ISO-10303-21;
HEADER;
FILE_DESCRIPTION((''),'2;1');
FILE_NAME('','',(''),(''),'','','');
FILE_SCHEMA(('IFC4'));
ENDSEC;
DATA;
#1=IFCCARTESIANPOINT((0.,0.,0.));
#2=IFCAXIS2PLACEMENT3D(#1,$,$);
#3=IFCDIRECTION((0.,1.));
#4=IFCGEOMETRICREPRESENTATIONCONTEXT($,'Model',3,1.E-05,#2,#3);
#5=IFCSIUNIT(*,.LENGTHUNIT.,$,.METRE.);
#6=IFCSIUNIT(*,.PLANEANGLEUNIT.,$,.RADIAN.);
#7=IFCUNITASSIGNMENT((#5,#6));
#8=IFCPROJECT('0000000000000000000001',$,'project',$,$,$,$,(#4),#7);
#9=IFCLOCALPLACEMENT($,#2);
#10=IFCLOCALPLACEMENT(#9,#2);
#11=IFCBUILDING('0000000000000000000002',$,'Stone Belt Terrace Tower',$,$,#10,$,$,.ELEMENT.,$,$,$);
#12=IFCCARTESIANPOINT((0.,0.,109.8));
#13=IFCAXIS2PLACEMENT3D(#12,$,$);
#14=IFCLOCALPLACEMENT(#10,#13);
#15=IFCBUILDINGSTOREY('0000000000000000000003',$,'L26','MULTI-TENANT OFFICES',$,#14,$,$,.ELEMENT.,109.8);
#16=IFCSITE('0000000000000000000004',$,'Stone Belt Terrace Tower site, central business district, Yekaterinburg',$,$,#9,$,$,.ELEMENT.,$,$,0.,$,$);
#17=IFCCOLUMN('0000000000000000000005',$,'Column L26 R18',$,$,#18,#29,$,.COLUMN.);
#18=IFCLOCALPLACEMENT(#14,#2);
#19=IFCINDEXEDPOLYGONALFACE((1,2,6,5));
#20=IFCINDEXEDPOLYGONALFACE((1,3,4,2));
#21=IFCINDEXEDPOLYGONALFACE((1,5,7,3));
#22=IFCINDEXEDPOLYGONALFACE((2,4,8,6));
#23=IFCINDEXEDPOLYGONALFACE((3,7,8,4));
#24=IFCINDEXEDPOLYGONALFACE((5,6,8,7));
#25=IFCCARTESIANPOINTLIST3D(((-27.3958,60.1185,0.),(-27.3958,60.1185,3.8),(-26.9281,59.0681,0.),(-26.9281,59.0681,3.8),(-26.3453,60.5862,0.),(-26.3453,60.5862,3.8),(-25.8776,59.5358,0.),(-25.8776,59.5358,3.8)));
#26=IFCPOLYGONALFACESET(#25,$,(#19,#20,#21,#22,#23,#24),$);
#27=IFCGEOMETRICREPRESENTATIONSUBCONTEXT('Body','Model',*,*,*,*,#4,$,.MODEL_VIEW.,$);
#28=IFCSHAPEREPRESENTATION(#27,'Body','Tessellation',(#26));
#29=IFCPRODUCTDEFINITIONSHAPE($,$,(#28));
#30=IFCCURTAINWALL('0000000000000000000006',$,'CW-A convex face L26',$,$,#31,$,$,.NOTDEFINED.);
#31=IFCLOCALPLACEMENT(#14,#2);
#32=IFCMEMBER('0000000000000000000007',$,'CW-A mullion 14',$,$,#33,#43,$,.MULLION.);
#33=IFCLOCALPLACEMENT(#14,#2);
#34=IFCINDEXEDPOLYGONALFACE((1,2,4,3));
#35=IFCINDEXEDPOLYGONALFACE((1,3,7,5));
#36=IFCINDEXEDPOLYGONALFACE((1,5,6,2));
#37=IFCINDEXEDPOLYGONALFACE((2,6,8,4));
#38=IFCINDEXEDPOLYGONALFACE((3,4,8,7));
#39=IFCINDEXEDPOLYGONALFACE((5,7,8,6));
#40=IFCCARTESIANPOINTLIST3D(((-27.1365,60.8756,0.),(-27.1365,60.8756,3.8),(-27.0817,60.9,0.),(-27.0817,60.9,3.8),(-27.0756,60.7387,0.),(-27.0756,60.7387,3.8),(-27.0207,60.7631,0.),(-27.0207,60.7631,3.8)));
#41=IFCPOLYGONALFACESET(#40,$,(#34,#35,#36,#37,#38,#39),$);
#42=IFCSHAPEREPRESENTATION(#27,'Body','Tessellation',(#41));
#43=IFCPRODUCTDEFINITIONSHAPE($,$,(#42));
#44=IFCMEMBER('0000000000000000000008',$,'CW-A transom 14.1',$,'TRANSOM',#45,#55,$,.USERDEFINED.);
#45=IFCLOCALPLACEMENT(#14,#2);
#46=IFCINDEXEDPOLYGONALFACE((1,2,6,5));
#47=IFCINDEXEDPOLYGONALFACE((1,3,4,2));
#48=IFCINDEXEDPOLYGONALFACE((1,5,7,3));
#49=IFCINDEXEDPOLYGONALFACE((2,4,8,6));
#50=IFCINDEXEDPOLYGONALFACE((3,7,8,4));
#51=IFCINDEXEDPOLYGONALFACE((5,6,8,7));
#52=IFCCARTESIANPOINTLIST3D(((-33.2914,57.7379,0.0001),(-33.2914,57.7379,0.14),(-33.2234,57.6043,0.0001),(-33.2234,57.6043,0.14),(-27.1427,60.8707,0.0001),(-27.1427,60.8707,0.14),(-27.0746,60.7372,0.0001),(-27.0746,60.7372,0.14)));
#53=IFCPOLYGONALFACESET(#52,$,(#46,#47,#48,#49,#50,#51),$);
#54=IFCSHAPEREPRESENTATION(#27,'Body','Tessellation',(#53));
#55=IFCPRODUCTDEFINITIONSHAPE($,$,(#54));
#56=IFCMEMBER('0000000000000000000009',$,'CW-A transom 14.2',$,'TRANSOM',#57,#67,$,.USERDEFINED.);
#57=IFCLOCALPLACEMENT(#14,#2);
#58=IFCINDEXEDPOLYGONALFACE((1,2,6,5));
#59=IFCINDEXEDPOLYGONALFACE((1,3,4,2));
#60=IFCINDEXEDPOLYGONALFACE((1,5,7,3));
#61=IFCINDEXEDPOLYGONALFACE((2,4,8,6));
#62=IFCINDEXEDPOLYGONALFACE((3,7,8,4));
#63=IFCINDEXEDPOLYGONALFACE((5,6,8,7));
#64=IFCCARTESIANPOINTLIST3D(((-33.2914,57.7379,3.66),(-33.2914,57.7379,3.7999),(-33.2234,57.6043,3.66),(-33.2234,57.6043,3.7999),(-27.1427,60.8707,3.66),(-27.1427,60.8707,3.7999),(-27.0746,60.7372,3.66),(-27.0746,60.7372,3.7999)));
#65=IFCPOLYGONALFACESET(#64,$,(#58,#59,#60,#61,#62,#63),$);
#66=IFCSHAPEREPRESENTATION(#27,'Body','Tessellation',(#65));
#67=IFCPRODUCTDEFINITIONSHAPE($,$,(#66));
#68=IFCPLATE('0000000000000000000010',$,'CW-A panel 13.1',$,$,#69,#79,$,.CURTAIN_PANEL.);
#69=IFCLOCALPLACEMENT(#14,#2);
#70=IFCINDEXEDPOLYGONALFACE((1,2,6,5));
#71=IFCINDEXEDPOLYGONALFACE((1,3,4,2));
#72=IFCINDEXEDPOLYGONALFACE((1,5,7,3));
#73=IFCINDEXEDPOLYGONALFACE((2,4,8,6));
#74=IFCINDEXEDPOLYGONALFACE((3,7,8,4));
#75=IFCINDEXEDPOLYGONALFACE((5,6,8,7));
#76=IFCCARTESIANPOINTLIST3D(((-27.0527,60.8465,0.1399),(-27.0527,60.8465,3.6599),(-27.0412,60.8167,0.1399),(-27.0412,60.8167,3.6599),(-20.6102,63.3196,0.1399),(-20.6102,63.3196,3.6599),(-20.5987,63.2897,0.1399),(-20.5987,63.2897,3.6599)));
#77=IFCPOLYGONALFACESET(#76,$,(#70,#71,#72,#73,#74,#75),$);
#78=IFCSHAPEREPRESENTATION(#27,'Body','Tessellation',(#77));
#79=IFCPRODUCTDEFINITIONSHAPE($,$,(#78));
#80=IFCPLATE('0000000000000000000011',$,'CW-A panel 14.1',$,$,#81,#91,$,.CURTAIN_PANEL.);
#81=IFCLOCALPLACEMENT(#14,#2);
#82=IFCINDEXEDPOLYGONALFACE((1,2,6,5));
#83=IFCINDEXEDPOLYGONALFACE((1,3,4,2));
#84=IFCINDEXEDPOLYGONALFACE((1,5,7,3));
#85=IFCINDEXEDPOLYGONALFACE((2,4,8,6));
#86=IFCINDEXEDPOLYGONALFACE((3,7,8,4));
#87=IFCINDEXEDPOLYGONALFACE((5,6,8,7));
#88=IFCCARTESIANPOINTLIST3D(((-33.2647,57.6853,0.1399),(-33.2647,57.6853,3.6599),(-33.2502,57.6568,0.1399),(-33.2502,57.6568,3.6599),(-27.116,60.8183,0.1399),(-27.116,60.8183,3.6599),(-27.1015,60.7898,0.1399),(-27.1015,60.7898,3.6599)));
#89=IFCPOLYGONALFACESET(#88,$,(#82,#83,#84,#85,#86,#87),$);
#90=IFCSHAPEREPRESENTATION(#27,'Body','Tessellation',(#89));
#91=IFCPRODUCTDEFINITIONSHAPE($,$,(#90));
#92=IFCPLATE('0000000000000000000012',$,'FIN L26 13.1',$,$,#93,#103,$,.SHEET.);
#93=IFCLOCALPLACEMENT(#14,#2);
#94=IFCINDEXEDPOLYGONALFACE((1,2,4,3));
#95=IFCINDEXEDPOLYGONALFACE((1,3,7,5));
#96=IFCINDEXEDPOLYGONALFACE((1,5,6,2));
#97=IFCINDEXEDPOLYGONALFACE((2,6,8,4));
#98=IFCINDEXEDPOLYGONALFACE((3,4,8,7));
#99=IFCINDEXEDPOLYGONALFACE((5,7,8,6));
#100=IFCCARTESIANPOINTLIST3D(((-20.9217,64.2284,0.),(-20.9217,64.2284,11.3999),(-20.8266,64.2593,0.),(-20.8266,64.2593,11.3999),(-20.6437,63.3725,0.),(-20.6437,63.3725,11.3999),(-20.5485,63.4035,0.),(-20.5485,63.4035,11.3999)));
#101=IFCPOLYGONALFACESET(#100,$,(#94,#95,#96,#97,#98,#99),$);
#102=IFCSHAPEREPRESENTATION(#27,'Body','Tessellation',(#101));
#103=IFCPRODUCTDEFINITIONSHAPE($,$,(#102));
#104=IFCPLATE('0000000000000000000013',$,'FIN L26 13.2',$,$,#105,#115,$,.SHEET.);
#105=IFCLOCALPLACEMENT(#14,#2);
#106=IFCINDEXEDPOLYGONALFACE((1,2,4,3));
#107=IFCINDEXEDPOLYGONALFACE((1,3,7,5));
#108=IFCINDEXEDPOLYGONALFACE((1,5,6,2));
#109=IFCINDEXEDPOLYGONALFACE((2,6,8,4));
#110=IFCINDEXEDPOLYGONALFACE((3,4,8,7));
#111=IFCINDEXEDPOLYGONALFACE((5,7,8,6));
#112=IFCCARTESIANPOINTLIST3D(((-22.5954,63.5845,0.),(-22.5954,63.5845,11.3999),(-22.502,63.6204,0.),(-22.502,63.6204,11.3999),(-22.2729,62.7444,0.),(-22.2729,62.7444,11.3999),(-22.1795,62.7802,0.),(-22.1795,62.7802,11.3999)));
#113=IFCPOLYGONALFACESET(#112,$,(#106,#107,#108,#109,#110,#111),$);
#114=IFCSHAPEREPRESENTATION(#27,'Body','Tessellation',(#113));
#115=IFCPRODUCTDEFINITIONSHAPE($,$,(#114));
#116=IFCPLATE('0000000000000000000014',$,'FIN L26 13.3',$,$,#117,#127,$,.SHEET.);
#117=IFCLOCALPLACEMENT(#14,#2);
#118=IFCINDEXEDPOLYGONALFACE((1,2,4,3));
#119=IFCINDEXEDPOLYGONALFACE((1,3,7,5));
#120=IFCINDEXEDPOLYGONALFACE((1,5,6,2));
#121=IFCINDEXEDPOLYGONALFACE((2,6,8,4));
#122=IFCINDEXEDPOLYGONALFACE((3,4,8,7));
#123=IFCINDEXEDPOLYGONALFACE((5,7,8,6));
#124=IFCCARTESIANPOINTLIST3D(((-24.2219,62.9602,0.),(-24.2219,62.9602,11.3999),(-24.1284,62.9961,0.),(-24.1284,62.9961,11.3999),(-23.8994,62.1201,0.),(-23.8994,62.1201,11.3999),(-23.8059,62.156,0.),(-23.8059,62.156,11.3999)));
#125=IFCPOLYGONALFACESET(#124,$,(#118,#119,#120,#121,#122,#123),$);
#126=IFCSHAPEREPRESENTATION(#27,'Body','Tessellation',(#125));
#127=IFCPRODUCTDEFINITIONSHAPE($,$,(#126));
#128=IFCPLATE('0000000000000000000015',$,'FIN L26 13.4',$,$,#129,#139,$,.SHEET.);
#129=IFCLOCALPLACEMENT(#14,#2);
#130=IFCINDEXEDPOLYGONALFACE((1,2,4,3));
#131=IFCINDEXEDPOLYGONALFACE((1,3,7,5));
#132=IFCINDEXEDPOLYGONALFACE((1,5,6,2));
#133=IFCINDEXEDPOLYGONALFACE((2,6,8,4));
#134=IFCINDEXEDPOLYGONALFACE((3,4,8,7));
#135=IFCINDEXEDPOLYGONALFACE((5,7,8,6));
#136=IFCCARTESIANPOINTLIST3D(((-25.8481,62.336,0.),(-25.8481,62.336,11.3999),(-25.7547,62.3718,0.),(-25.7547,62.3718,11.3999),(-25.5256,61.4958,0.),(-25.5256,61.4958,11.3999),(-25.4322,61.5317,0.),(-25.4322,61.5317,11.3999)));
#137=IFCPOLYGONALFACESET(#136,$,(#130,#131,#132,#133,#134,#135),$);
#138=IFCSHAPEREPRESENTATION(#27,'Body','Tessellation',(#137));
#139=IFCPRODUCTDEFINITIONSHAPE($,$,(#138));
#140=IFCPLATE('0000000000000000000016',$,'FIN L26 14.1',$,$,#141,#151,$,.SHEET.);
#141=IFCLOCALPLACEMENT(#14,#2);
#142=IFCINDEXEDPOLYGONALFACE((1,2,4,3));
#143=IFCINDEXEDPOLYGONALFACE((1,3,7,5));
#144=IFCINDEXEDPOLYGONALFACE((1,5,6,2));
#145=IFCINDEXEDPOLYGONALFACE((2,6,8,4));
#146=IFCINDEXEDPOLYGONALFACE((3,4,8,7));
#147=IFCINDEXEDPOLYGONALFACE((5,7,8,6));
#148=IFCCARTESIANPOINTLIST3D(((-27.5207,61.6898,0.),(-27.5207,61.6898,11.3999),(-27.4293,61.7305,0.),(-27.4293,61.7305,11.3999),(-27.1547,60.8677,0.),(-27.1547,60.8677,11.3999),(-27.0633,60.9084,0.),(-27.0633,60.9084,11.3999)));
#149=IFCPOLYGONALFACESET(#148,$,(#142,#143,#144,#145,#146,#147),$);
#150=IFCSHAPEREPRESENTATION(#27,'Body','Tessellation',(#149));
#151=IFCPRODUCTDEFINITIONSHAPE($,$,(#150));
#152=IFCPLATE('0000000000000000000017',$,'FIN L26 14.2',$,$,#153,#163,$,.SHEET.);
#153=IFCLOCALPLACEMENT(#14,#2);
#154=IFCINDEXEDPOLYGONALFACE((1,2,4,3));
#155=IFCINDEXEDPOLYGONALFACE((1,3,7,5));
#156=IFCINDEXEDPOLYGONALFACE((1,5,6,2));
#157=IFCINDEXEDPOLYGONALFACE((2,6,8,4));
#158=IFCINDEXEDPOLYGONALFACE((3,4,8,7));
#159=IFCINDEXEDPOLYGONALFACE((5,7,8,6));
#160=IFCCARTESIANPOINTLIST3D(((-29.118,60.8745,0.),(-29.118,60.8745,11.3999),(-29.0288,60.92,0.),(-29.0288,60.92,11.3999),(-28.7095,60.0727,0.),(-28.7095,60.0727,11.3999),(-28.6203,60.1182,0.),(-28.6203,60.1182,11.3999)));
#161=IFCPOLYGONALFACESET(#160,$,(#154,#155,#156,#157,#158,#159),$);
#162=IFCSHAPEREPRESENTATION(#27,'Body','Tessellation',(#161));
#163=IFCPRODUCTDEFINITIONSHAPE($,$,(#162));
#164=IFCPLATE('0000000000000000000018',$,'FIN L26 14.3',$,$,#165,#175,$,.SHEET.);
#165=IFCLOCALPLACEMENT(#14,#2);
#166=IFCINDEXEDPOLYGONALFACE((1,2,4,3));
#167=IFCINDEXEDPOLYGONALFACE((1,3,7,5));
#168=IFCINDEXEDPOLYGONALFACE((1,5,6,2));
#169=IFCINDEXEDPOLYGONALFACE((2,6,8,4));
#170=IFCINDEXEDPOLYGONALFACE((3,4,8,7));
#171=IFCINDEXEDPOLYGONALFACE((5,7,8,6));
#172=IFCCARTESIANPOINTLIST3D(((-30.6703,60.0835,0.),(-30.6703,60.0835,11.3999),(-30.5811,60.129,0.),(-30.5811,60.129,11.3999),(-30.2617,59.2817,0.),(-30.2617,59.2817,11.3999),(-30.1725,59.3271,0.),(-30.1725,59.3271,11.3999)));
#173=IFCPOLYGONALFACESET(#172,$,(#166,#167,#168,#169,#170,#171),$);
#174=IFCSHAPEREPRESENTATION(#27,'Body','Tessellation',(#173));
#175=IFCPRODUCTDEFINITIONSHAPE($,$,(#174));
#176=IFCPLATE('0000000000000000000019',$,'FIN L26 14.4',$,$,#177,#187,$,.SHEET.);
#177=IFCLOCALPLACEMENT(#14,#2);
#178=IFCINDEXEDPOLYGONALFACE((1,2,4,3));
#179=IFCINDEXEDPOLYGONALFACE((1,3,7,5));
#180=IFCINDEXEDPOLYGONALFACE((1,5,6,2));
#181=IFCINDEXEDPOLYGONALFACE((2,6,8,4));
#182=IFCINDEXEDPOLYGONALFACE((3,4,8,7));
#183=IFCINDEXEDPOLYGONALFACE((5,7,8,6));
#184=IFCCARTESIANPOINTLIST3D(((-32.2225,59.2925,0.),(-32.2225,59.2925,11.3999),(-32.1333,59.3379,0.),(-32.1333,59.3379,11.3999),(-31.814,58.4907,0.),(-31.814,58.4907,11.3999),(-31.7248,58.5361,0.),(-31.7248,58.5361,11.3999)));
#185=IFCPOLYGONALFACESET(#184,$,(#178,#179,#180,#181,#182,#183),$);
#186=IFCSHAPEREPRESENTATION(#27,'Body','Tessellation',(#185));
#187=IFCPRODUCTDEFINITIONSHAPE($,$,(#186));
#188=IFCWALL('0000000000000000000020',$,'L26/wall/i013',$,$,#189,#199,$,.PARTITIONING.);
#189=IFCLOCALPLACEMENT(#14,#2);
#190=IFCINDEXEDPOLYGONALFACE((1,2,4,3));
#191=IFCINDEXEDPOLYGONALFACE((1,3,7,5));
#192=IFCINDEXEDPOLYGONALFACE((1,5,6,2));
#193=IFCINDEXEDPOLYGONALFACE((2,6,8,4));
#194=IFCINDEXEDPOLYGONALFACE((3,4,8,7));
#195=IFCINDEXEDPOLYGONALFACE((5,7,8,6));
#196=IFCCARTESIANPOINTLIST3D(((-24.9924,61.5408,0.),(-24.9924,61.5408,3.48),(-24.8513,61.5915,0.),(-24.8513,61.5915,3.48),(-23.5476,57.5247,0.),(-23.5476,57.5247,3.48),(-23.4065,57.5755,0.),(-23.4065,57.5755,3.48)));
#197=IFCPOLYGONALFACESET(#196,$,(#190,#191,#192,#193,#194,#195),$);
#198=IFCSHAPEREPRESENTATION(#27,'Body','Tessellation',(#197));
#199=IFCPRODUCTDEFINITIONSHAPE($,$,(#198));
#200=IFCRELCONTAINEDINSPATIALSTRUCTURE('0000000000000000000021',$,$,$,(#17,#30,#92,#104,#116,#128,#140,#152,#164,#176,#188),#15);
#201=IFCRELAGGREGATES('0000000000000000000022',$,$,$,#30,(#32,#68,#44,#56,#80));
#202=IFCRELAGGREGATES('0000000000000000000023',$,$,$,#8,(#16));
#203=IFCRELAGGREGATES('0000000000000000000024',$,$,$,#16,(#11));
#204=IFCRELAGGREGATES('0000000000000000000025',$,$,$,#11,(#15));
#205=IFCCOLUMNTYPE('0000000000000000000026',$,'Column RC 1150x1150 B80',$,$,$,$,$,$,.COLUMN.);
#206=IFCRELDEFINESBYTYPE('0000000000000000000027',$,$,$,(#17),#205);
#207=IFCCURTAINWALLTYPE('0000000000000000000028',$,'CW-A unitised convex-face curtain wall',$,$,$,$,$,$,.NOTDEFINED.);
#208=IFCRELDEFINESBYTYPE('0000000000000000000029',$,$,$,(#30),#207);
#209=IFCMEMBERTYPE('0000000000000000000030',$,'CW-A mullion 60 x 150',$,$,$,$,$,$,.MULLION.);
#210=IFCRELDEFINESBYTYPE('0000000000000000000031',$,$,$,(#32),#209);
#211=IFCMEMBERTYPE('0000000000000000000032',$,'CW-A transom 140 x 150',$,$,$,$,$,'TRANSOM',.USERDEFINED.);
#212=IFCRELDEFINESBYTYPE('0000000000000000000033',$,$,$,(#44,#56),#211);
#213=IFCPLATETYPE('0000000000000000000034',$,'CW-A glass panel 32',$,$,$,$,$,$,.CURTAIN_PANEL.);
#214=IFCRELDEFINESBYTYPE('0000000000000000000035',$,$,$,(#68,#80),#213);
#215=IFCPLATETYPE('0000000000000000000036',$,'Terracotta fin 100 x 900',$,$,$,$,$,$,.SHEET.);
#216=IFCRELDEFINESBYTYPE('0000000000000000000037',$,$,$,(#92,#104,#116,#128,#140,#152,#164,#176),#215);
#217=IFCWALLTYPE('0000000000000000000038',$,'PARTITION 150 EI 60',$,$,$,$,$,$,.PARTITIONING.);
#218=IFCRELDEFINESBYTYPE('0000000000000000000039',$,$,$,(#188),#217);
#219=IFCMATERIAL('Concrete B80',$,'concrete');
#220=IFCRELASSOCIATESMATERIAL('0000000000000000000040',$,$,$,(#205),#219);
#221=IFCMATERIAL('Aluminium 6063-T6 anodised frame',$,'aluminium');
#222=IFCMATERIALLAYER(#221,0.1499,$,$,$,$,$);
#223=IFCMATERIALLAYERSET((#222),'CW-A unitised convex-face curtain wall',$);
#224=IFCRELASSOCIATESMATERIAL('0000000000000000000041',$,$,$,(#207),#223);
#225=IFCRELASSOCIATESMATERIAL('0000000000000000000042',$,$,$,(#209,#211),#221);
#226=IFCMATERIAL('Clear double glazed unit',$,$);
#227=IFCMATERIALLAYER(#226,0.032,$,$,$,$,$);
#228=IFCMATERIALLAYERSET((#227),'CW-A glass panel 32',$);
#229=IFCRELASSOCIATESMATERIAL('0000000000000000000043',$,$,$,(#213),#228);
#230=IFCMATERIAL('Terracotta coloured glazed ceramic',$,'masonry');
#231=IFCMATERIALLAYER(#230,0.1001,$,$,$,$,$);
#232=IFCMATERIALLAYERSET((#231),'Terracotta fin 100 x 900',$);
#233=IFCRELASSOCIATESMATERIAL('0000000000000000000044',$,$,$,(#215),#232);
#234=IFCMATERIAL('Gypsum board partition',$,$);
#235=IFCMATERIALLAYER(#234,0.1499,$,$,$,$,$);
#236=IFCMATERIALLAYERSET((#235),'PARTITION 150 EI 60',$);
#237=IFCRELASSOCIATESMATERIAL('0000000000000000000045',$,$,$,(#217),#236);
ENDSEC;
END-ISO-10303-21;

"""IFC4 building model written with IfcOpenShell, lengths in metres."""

from ifc_helpers import new_model, si_unit, direction, frame, frame_2d, origin, origin_2d, place, context, subcontext, project, spatial, rectangle, extrude, material, layer, layer_set, material_profile, profile_set, type_object, element, aggregate, save


model = new_model("IFC4")

# Units and contexts
model_context = context("Model", 3, precision=1e-05, world=origin(), true_north=direction((0.0, 1.0)))
body_context = subcontext(model_context, "Body", "Model", "MODEL_VIEW")
ifc_project = project(units=[si_unit("LENGTHUNIT", "METRE"), si_unit("PLANEANGLEUNIT", "RADIAN")], contexts=[model_context])

# Site, building, storey
site_placement = place(None, origin())
site = spatial("IfcSite", under=ifc_project, at=site_placement, Name="Stone Belt Terrace Tower site, central business district, Yekaterinburg", CompositionType="ELEMENT", RefElevation=0.0)
building_placement = place(site_placement, origin())
building = spatial("IfcBuilding", under=site, at=building_placement, Name="Stone Belt Terrace Tower", CompositionType="ELEMENT")
storey_placement = place(building_placement, frame((0.0, 0.0, 109.8)))
storey = spatial("IfcBuildingStorey", under=building, at=storey_placement, Name="L26", Description="MULTI-TENANT OFFICES", CompositionType="ELEMENT", Elevation=109.8)

# Column
ifc_material_1 = material(Name="Concrete B80", Category="concrete")
ifc_material_profile_1 = material_profile(ifc_material_1, rectangle(XDim=1.1499, YDim=1.1499, at=origin_2d()), Name="RC 1150x1150")
ifc_profile_set_1 = profile_set([ifc_material_profile_1], Name="Concrete B80")
column_type = type_object("IfcColumnType", Name="Column RC 1150x1150 B80", PredefinedType="COLUMN", material=ifc_profile_set_1)
column_placement = place(storey_placement, frame((-26.6367, 59.8271, 0.0), z_axis=(0.0, 0.0, 1.0), x_axis=(0.913545, 0.406737, 0.0)))
element("IfcColumn", 1, at=column_placement, inside=storey, type_object=column_type, Name="Column L26 R18", PredefinedType="COLUMN", context=body_context, shape_type="SweptSolid", body=[
    extrude(rectangle(XDim=1.1499, YDim=1.1499, at=origin_2d()), origin(), (0.0, 0.0, 1.0), 3.8),
])

# Curtain wall, members, plates
ifc_material_2 = material(Name="Aluminium 6063-T6 anodised frame", Category="aluminium")
ifc_layer_1 = layer(ifc_material_2, 0.1499)
ifc_layer_set_1 = layer_set([ifc_layer_1], Name="CW-A unitised convex-face curtain wall")
curtain_wall_type = type_object("IfcCurtainWallType", Name="CW-A unitised convex-face curtain wall", PredefinedType="NOTDEFINED", material=ifc_layer_set_1)
curtain_wall_placement = place(storey_placement, origin())
curtain_wall = element("IfcCurtainWall", 2, at=curtain_wall_placement, inside=storey, type_object=curtain_wall_type, Name="CW-A convex face L26", PredefinedType="NOTDEFINED")
ifc_material_profile_2 = material_profile(ifc_material_2, rectangle(XDim=0.1499, YDim=0.0601, at=origin_2d()), Name="Aluminium 6063-T6 60x150")
ifc_profile_set_2 = profile_set([ifc_material_profile_2], Name="Aluminium 6063-T6 anodised frame")
member_type_1 = type_object("IfcMemberType", Name="CW-A mullion 60 x 150", PredefinedType="MULLION", material=ifc_profile_set_2)
member_1_placement = place(storey_placement, frame((-27.0786, 60.8193, 0.0), z_axis=(0.0, 0.0, 1.0), x_axis=(0.406737, -0.913545, 0.0)))
member_1 = element("IfcMember", 3, at=member_1_placement, type_object=member_type_1, Name="CW-A mullion 14", PredefinedType="MULLION", context=body_context, shape_type="SweptSolid", body=[
    extrude(rectangle(XDim=0.1499, YDim=0.0601, at=origin_2d()), origin(), (0.0, 0.0, 1.0), 3.8),
])
ifc_material_profile_3 = material_profile(ifc_material_2, rectangle(XDim=0.1499, YDim=0.1399, at=origin_2d()), Name="Aluminium 6063-T6 150x140")
ifc_profile_set_3 = profile_set([ifc_material_profile_3], Name="Aluminium 6063-T6 anodised frame")
member_type_2 = type_object("IfcMemberType", Name="CW-A transom 140 x 150", ElementType="TRANSOM", PredefinedType="USERDEFINED", material=ifc_profile_set_3)
member_2_placement = place(storey_placement, frame((-27.1086, 60.804, 0.0701), z_axis=(-0.891012, -0.453979, 0.0), x_axis=(0.453979, -0.891012, 0.0)))
member_2 = element("IfcMember", 4, at=member_2_placement, type_object=member_type_2, Name="CW-A transom 14.1", ObjectType="TRANSOM", PredefinedType="USERDEFINED", context=body_context, shape_type="SweptSolid", body=[
    extrude(rectangle(XDim=0.1499, YDim=0.1399, at=origin_2d()), origin(), (0.0, 0.0, 1.0), 6.9009),
])
member_3_placement = place(storey_placement, frame((-27.1086, 60.804, 3.73), z_axis=(-0.891012, -0.453979, 0.0), x_axis=(0.453979, -0.891012, 0.0)))
member_3 = element("IfcMember", 5, at=member_3_placement, type_object=member_type_2, Name="CW-A transom 14.2", ObjectType="TRANSOM", PredefinedType="USERDEFINED", context=body_context, shape_type="SweptSolid", body=[
    extrude(rectangle(XDim=0.1499, YDim=0.1399, at=origin_2d()), origin(), (0.0, 0.0, 1.0), 6.9009),
])
ifc_material_3 = material(Name="Clear double glazed unit")
ifc_layer_2 = layer(ifc_material_3, 0.032)
ifc_layer_set_2 = layer_set([ifc_layer_2], Name="CW-A glass panel 32")
plate_type_1 = type_object("IfcPlateType", Name="CW-A glass panel 32", PredefinedType="CURTAIN_PANEL", material=ifc_layer_set_2)
plate_1_placement = place(storey_placement, frame((-23.8257, 62.0681, 0.1399), z_axis=(0.0, 0.0, 1.0), x_axis=(-0.93358, -0.358368, 0.0)))
plate_1 = element("IfcPlate", 6, at=plate_1_placement, type_object=plate_type_1, Name="CW-A panel 13.1", PredefinedType="CURTAIN_PANEL", context=body_context, shape_type="SweptSolid", body=[
    extrude(rectangle(XDim=6.9009, YDim=0.032, at=origin_2d()), origin(), (0.0, 0.0, 1.0), 3.52),
])
plate_2_placement = place(storey_placement, frame((-30.1831, 59.2375, 0.1399), z_axis=(0.0, 0.0, 1.0), x_axis=(-0.891007, -0.45399, 0.0)))
plate_2 = element("IfcPlate", 7, at=plate_2_placement, type_object=plate_type_1, Name="CW-A panel 14.1", PredefinedType="CURTAIN_PANEL", context=body_context, shape_type="SweptSolid", body=[
    extrude(rectangle(XDim=6.9009, YDim=0.032, at=origin_2d()), origin(), (0.0, 0.0, 1.0), 3.52),
])
aggregate(curtain_wall, [member_1, plate_1, member_2, member_3, plate_2])

# Plates
ifc_material_4 = material(Name="Terracotta coloured glazed ceramic", Category="masonry")
ifc_layer_3 = layer(ifc_material_4, 0.1001)
ifc_layer_set_3 = layer_set([ifc_layer_3], Name="Terracotta fin 100 x 900")
plate_type_2 = type_object("IfcPlateType", Name="Terracotta fin 100 x 900", PredefinedType="SHEET", material=ifc_layer_set_3)
for number, where, z_axis, x_axis, name in (
    (8, (-20.7351, 63.8159, 0.0), (0.0, 0.0, 1.0), (-0.309017, 0.951057, 0.0), "FIN L26 13.1"),
    (9, (-22.3875, 63.1824, 0.0), (0.0, 0.0, 1.0), (-0.358368, 0.93358, 0.0), "FIN L26 13.2"),
    (10, (-24.0139, 62.5581, 0.0), (0.0, 0.0, 1.0), (-0.358368, 0.93358, 0.0), "FIN L26 13.3"),
    (11, (-25.6401, 61.9338, 0.0), (0.0, 0.0, 1.0), (-0.358368, 0.93358, 0.0), "FIN L26 13.4"),
    (12, (-27.292, 61.2991, 0.0), (0.0, 0.0, 1.0), (-0.406737, 0.913545, 0.0), "FIN L26 14.1"),
    (13, (-28.8691, 60.4963, 0.0), (0.0, 0.0, 1.0), (-0.45399, 0.891007, 0.0), "FIN L26 14.2"),
    (14, (-30.4214, 59.7053, 0.0), (0.0, 0.0, 1.0), (-0.45399, 0.891007, 0.0), "FIN L26 14.3"),
    (15, (-31.9736, 58.9143, 0.0), (0.0, 0.0, 1.0), (-0.45399, 0.891007, 0.0), "FIN L26 14.4"),
):
    element("IfcPlate", number, at=place(storey_placement, frame(where, z_axis=z_axis, x_axis=x_axis)), inside=storey, type_object=plate_type_2, Name=name, PredefinedType="SHEET", context=body_context, shape_type="SweptSolid", body=[
        extrude(rectangle(XDim=0.8999, YDim=0.1001, at=origin_2d()), origin(), (0.0, 0.0, 1.0), 11.3999),
    ])

# Wall
ifc_material_5 = material(Name="Gypsum board partition")
ifc_layer_4 = layer(ifc_material_5, 0.1499)
ifc_layer_set_4 = layer_set([ifc_layer_4], Name="PARTITION 150 EI 60")
wall_type = type_object("IfcWallType", Name="PARTITION 150 EI 60", PredefinedType="PARTITIONING", material=ifc_layer_set_4)
wall_placement = place(storey_placement, frame((-24.9219, 61.5662, 0.0), z_axis=(0.0, 0.0, 1.0), x_axis=(0.338517, -0.94096, 0.0)))
element("IfcWall", 16, at=wall_placement, inside=storey, type_object=wall_type, Name="L26/wall/i013", PredefinedType="PARTITIONING", context=body_context, shape_type="SweptSolid", body=[
    extrude(rectangle(XDim=4.2681, YDim=0.1499, at=frame_2d((2.134, 0.0))), origin(), (0.0, 0.0, 1.0), 3.48),
])

save(model, "model.ifc")
